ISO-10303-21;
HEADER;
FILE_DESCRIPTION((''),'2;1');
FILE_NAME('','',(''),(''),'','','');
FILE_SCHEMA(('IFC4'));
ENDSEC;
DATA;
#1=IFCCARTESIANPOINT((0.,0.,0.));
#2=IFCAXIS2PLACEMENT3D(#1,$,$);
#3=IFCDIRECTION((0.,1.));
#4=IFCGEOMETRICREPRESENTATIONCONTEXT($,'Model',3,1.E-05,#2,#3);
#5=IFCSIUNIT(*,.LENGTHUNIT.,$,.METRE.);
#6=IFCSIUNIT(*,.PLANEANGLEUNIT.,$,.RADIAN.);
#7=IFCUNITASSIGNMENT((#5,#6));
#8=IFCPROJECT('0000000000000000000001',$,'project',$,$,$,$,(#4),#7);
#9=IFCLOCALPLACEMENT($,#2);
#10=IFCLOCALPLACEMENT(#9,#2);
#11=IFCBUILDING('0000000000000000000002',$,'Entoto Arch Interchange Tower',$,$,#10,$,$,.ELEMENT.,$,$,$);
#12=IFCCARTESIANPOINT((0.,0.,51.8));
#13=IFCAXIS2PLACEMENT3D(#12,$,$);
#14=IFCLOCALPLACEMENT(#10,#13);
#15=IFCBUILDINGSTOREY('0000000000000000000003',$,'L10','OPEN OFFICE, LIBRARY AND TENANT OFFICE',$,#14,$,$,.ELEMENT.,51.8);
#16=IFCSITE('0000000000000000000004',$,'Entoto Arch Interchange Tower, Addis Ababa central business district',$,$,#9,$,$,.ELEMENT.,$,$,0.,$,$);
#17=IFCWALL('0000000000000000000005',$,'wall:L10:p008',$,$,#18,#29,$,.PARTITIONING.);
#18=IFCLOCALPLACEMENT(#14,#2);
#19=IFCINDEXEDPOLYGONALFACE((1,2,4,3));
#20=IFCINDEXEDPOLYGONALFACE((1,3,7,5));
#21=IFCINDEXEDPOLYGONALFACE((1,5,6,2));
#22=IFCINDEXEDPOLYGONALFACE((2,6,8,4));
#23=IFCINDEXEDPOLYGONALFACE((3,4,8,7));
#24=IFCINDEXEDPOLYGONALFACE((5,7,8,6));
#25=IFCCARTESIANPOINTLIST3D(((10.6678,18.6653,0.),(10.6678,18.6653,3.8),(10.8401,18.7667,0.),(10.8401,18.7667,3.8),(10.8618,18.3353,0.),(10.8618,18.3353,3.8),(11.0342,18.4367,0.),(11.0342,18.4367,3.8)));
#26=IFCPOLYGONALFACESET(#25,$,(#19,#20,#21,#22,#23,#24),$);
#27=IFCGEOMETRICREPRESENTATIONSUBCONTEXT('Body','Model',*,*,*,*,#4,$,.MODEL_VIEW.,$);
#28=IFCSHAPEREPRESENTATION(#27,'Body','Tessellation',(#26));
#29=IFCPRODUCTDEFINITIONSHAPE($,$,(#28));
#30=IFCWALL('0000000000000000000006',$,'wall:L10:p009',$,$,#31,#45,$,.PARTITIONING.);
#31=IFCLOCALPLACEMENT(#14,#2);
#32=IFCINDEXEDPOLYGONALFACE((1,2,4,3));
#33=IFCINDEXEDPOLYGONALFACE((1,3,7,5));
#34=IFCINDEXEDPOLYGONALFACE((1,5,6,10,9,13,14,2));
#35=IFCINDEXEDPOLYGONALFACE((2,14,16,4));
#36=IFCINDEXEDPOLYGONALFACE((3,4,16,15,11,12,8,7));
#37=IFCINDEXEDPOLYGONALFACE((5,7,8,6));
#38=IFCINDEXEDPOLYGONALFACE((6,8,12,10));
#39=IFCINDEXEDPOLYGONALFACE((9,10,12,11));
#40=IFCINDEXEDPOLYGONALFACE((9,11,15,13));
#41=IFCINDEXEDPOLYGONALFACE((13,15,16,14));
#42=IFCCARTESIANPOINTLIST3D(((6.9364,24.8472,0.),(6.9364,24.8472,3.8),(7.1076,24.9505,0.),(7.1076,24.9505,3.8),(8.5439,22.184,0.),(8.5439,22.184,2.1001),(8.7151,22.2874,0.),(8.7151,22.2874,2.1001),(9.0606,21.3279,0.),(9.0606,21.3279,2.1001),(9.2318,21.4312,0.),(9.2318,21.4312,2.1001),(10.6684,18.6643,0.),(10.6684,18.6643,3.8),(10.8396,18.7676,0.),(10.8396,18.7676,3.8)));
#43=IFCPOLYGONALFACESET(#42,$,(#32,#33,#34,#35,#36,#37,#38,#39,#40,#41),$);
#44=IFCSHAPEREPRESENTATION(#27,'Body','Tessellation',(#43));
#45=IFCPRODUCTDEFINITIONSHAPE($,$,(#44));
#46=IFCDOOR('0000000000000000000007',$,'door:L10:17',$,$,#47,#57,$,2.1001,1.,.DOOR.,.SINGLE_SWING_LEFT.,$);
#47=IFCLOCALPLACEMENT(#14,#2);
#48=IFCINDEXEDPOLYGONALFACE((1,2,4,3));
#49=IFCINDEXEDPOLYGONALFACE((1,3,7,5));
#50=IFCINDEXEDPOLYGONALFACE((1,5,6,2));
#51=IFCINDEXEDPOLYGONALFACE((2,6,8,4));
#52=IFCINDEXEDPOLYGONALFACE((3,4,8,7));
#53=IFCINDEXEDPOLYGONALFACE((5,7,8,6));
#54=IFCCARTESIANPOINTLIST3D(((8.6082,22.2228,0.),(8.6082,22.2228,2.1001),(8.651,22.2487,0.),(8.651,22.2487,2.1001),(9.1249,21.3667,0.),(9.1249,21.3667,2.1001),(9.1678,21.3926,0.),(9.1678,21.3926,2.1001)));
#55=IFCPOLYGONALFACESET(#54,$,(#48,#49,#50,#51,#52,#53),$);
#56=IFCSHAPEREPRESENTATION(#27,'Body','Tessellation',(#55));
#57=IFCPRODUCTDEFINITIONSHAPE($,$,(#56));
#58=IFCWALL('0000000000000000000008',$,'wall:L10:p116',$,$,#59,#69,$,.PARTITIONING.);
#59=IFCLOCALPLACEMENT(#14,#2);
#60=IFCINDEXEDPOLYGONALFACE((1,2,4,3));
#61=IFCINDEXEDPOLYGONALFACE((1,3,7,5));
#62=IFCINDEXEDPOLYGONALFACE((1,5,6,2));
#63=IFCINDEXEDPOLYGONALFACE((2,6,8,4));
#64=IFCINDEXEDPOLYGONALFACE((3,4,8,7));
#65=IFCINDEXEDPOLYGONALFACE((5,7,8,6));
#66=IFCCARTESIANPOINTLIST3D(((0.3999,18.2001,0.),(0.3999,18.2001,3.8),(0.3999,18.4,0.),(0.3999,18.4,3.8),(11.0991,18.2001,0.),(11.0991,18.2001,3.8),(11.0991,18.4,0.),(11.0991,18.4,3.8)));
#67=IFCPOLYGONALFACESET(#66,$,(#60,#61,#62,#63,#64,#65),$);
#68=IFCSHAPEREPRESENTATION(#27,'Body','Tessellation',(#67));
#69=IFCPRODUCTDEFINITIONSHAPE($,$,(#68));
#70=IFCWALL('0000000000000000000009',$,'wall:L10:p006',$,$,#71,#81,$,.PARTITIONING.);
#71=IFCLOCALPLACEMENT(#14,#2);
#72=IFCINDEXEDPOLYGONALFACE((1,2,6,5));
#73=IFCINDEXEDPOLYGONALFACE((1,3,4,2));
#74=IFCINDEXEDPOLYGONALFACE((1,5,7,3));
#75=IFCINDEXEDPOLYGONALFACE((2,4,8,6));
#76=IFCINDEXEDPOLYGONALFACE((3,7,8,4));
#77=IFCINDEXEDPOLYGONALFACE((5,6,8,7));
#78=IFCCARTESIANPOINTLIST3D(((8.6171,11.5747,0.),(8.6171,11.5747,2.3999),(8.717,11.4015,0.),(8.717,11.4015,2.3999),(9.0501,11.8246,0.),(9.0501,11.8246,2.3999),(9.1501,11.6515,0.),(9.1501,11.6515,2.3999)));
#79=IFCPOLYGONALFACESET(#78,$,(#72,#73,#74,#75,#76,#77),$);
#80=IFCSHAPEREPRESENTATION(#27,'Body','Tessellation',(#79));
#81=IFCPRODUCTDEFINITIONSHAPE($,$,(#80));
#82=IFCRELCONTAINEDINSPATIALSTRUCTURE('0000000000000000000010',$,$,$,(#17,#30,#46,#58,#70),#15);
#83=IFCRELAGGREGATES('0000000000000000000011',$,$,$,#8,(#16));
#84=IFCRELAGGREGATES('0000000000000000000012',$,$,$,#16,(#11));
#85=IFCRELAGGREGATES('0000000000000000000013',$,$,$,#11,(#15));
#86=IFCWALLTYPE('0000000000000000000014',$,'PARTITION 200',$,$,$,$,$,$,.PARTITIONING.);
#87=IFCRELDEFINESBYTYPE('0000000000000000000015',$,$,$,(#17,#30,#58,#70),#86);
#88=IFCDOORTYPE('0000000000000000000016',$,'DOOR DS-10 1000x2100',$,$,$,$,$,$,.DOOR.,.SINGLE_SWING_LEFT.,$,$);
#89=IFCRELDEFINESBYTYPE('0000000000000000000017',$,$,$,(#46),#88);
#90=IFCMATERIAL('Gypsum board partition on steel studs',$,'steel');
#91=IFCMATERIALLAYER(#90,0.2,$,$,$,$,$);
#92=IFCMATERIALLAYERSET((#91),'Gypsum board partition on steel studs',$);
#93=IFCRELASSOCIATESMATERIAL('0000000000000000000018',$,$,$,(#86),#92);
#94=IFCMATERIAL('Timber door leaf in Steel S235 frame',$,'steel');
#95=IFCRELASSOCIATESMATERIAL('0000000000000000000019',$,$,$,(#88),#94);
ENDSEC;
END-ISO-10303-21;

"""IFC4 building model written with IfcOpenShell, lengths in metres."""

from ifc_helpers import new_model, si_unit, direction, frame, frame_2d, origin, place, context, subcontext, project, spatial, rectangle, extrude, material, layer, layer_set, type_object, element, fill, save


model = new_model("IFC4")

# Units and contexts
model_context = context("Model", 3, precision=1e-05, world=origin(), true_north=direction((0.0, 1.0)))
body_context = subcontext(model_context, "Body", "Model", "MODEL_VIEW")
ifc_project = project(units=[si_unit("LENGTHUNIT", "METRE"), si_unit("PLANEANGLEUNIT", "RADIAN")], contexts=[model_context])

# Site, building, storey
site_placement = place(None, origin())
site = spatial("IfcSite", under=ifc_project, at=site_placement, Name="Entoto Arch Interchange Tower, Addis Ababa central business district", CompositionType="ELEMENT", RefElevation=0.0)
building_placement = place(site_placement, origin())
building = spatial("IfcBuilding", under=site, at=building_placement, Name="Entoto Arch Interchange Tower", CompositionType="ELEMENT")
storey_placement = place(building_placement, frame((0.0, 0.0, 51.8)))
storey = spatial("IfcBuildingStorey", under=building, at=storey_placement, Name="L10", Description="OPEN OFFICE, LIBRARY AND TENANT OFFICE", CompositionType="ELEMENT", Elevation=51.8)

# Wall
ifc_material_1 = material(Name="Gypsum board partition on steel studs", Category="steel")
ifc_layer_1 = layer(ifc_material_1, 0.2)
ifc_layer_set_1 = layer_set([ifc_layer_1], Name="Gypsum board partition on steel studs")
wall_type_1 = type_object("IfcWallType", Name="PARTITION 200", PredefinedType="PARTITIONING", material=ifc_layer_set_1)
wall_1_placement = place(storey_placement, frame((10.948, 18.386, 0.0), z_axis=(0.0, 0.0, 1.0), x_axis=(-0.506881, 0.862016, 0.0)))
element("IfcWall", 1, at=wall_1_placement, inside=storey, type_object=wall_type_1, Name="wall:L10:p008", PredefinedType="PARTITIONING", context=body_context, shape_type="SweptSolid", body=[
    extrude(rectangle(XDim=0.3828, YDim=0.2, at=frame_2d((0.1914, 0.0))), origin(), (0.0, 0.0, 1.0), 3.8),
])

# Wall, opening, door
wall_2_placement = place(storey_placement, frame((10.7539, 18.7161, 0.0), z_axis=(0.0, 0.0, 1.0), x_axis=(-0.516756, 0.856133, 0.0)))
wall_2 = element("IfcWall", 2, at=wall_2_placement, inside=storey, type_object=wall_type_1, Name="wall:L10:p009", PredefinedType="PARTITIONING", context=body_context, shape_type="SweptSolid", body=[
    extrude(rectangle(XDim=7.2219, YDim=0.2, at=frame_2d((3.6108, 0.0))), origin(), (0.0, 0.0, 1.0), 3.8),
])
opening_1_placement = place(wall_2_placement, frame((3.1111, 0.0, 0.0)))
opening_1 = element("IfcOpeningElement", 3, at=opening_1_placement, cuts=wall_2, PredefinedType="OPENING", context=body_context, shape_type="SweptSolid", body=[
    extrude(rectangle(XDim=1.0, YDim=2.1001, at=frame_2d((0.5, 1.05))), frame((0.0, 0.1099, 0.0), z_axis=(0.0, -1.0, 0.0), x_axis=(1.0, 0.0, 0.0)), (0.0, 0.0, 1.0), 0.22),
])
ifc_material_2 = material(Name="Timber door leaf in Steel S235 frame", Category="steel")
door_type_1 = type_object("IfcDoorType", Name="DOOR DS-10 1000x2100", OperationType="SINGLE_SWING_LEFT", PredefinedType="DOOR", material=ifc_material_2)
door_1_placement = place(opening_1_placement, origin())
door_1 = element("IfcDoor", 4, at=door_1_placement, inside=storey, type_object=door_type_1, Name="door:L10:17", OperationType="SINGLE_SWING_LEFT", OverallHeight=2.1001, OverallWidth=1.0, PredefinedType="DOOR", context=body_context, shape_type="SweptSolid", body=[
    extrude(rectangle(XDim=1.0, YDim=2.1001, at=frame_2d((0.5, 1.05))), frame((0.0, 0.0249, 0.0), z_axis=(0.0, -1.0, 0.0), x_axis=(1.0, 0.0, 0.0)), (0.0, 0.0, 1.0), 0.05),
])
fill(opening_1, door_1)

# Walls
wall_3_placement = place(storey_placement, frame((0.3999, 18.3, 0.0), z_axis=(0.0, 0.0, 1.0), x_axis=(1.0, 0.0, 0.0)))
element("IfcWall", 5, at=wall_3_placement, inside=storey, type_object=wall_type_1, Name="wall:L10:p116", PredefinedType="PARTITIONING", context=body_context, shape_type="SweptSolid", body=[
    extrude(rectangle(XDim=10.6992, YDim=0.2, at=frame_2d((5.3496, 0.0))), origin(), (0.0, 0.0, 1.0), 3.8),
])
wall_4_placement = place(storey_placement, frame((9.1001, 11.738, 0.0), z_axis=(0.0, 0.0, 1.0), x_axis=(-0.866072, -0.49992, 0.0)))
element("IfcWall", 6, at=wall_4_placement, inside=storey, type_object=wall_type_1, Name="wall:L10:p006", PredefinedType="PARTITIONING", context=body_context, shape_type="SweptSolid", body=[
    extrude(rectangle(XDim=0.5, YDim=0.2, at=frame_2d((0.25, 0.0))), origin(), (0.0, 0.0, 1.0), 2.3999),
])

save(model, "model.ifc")
